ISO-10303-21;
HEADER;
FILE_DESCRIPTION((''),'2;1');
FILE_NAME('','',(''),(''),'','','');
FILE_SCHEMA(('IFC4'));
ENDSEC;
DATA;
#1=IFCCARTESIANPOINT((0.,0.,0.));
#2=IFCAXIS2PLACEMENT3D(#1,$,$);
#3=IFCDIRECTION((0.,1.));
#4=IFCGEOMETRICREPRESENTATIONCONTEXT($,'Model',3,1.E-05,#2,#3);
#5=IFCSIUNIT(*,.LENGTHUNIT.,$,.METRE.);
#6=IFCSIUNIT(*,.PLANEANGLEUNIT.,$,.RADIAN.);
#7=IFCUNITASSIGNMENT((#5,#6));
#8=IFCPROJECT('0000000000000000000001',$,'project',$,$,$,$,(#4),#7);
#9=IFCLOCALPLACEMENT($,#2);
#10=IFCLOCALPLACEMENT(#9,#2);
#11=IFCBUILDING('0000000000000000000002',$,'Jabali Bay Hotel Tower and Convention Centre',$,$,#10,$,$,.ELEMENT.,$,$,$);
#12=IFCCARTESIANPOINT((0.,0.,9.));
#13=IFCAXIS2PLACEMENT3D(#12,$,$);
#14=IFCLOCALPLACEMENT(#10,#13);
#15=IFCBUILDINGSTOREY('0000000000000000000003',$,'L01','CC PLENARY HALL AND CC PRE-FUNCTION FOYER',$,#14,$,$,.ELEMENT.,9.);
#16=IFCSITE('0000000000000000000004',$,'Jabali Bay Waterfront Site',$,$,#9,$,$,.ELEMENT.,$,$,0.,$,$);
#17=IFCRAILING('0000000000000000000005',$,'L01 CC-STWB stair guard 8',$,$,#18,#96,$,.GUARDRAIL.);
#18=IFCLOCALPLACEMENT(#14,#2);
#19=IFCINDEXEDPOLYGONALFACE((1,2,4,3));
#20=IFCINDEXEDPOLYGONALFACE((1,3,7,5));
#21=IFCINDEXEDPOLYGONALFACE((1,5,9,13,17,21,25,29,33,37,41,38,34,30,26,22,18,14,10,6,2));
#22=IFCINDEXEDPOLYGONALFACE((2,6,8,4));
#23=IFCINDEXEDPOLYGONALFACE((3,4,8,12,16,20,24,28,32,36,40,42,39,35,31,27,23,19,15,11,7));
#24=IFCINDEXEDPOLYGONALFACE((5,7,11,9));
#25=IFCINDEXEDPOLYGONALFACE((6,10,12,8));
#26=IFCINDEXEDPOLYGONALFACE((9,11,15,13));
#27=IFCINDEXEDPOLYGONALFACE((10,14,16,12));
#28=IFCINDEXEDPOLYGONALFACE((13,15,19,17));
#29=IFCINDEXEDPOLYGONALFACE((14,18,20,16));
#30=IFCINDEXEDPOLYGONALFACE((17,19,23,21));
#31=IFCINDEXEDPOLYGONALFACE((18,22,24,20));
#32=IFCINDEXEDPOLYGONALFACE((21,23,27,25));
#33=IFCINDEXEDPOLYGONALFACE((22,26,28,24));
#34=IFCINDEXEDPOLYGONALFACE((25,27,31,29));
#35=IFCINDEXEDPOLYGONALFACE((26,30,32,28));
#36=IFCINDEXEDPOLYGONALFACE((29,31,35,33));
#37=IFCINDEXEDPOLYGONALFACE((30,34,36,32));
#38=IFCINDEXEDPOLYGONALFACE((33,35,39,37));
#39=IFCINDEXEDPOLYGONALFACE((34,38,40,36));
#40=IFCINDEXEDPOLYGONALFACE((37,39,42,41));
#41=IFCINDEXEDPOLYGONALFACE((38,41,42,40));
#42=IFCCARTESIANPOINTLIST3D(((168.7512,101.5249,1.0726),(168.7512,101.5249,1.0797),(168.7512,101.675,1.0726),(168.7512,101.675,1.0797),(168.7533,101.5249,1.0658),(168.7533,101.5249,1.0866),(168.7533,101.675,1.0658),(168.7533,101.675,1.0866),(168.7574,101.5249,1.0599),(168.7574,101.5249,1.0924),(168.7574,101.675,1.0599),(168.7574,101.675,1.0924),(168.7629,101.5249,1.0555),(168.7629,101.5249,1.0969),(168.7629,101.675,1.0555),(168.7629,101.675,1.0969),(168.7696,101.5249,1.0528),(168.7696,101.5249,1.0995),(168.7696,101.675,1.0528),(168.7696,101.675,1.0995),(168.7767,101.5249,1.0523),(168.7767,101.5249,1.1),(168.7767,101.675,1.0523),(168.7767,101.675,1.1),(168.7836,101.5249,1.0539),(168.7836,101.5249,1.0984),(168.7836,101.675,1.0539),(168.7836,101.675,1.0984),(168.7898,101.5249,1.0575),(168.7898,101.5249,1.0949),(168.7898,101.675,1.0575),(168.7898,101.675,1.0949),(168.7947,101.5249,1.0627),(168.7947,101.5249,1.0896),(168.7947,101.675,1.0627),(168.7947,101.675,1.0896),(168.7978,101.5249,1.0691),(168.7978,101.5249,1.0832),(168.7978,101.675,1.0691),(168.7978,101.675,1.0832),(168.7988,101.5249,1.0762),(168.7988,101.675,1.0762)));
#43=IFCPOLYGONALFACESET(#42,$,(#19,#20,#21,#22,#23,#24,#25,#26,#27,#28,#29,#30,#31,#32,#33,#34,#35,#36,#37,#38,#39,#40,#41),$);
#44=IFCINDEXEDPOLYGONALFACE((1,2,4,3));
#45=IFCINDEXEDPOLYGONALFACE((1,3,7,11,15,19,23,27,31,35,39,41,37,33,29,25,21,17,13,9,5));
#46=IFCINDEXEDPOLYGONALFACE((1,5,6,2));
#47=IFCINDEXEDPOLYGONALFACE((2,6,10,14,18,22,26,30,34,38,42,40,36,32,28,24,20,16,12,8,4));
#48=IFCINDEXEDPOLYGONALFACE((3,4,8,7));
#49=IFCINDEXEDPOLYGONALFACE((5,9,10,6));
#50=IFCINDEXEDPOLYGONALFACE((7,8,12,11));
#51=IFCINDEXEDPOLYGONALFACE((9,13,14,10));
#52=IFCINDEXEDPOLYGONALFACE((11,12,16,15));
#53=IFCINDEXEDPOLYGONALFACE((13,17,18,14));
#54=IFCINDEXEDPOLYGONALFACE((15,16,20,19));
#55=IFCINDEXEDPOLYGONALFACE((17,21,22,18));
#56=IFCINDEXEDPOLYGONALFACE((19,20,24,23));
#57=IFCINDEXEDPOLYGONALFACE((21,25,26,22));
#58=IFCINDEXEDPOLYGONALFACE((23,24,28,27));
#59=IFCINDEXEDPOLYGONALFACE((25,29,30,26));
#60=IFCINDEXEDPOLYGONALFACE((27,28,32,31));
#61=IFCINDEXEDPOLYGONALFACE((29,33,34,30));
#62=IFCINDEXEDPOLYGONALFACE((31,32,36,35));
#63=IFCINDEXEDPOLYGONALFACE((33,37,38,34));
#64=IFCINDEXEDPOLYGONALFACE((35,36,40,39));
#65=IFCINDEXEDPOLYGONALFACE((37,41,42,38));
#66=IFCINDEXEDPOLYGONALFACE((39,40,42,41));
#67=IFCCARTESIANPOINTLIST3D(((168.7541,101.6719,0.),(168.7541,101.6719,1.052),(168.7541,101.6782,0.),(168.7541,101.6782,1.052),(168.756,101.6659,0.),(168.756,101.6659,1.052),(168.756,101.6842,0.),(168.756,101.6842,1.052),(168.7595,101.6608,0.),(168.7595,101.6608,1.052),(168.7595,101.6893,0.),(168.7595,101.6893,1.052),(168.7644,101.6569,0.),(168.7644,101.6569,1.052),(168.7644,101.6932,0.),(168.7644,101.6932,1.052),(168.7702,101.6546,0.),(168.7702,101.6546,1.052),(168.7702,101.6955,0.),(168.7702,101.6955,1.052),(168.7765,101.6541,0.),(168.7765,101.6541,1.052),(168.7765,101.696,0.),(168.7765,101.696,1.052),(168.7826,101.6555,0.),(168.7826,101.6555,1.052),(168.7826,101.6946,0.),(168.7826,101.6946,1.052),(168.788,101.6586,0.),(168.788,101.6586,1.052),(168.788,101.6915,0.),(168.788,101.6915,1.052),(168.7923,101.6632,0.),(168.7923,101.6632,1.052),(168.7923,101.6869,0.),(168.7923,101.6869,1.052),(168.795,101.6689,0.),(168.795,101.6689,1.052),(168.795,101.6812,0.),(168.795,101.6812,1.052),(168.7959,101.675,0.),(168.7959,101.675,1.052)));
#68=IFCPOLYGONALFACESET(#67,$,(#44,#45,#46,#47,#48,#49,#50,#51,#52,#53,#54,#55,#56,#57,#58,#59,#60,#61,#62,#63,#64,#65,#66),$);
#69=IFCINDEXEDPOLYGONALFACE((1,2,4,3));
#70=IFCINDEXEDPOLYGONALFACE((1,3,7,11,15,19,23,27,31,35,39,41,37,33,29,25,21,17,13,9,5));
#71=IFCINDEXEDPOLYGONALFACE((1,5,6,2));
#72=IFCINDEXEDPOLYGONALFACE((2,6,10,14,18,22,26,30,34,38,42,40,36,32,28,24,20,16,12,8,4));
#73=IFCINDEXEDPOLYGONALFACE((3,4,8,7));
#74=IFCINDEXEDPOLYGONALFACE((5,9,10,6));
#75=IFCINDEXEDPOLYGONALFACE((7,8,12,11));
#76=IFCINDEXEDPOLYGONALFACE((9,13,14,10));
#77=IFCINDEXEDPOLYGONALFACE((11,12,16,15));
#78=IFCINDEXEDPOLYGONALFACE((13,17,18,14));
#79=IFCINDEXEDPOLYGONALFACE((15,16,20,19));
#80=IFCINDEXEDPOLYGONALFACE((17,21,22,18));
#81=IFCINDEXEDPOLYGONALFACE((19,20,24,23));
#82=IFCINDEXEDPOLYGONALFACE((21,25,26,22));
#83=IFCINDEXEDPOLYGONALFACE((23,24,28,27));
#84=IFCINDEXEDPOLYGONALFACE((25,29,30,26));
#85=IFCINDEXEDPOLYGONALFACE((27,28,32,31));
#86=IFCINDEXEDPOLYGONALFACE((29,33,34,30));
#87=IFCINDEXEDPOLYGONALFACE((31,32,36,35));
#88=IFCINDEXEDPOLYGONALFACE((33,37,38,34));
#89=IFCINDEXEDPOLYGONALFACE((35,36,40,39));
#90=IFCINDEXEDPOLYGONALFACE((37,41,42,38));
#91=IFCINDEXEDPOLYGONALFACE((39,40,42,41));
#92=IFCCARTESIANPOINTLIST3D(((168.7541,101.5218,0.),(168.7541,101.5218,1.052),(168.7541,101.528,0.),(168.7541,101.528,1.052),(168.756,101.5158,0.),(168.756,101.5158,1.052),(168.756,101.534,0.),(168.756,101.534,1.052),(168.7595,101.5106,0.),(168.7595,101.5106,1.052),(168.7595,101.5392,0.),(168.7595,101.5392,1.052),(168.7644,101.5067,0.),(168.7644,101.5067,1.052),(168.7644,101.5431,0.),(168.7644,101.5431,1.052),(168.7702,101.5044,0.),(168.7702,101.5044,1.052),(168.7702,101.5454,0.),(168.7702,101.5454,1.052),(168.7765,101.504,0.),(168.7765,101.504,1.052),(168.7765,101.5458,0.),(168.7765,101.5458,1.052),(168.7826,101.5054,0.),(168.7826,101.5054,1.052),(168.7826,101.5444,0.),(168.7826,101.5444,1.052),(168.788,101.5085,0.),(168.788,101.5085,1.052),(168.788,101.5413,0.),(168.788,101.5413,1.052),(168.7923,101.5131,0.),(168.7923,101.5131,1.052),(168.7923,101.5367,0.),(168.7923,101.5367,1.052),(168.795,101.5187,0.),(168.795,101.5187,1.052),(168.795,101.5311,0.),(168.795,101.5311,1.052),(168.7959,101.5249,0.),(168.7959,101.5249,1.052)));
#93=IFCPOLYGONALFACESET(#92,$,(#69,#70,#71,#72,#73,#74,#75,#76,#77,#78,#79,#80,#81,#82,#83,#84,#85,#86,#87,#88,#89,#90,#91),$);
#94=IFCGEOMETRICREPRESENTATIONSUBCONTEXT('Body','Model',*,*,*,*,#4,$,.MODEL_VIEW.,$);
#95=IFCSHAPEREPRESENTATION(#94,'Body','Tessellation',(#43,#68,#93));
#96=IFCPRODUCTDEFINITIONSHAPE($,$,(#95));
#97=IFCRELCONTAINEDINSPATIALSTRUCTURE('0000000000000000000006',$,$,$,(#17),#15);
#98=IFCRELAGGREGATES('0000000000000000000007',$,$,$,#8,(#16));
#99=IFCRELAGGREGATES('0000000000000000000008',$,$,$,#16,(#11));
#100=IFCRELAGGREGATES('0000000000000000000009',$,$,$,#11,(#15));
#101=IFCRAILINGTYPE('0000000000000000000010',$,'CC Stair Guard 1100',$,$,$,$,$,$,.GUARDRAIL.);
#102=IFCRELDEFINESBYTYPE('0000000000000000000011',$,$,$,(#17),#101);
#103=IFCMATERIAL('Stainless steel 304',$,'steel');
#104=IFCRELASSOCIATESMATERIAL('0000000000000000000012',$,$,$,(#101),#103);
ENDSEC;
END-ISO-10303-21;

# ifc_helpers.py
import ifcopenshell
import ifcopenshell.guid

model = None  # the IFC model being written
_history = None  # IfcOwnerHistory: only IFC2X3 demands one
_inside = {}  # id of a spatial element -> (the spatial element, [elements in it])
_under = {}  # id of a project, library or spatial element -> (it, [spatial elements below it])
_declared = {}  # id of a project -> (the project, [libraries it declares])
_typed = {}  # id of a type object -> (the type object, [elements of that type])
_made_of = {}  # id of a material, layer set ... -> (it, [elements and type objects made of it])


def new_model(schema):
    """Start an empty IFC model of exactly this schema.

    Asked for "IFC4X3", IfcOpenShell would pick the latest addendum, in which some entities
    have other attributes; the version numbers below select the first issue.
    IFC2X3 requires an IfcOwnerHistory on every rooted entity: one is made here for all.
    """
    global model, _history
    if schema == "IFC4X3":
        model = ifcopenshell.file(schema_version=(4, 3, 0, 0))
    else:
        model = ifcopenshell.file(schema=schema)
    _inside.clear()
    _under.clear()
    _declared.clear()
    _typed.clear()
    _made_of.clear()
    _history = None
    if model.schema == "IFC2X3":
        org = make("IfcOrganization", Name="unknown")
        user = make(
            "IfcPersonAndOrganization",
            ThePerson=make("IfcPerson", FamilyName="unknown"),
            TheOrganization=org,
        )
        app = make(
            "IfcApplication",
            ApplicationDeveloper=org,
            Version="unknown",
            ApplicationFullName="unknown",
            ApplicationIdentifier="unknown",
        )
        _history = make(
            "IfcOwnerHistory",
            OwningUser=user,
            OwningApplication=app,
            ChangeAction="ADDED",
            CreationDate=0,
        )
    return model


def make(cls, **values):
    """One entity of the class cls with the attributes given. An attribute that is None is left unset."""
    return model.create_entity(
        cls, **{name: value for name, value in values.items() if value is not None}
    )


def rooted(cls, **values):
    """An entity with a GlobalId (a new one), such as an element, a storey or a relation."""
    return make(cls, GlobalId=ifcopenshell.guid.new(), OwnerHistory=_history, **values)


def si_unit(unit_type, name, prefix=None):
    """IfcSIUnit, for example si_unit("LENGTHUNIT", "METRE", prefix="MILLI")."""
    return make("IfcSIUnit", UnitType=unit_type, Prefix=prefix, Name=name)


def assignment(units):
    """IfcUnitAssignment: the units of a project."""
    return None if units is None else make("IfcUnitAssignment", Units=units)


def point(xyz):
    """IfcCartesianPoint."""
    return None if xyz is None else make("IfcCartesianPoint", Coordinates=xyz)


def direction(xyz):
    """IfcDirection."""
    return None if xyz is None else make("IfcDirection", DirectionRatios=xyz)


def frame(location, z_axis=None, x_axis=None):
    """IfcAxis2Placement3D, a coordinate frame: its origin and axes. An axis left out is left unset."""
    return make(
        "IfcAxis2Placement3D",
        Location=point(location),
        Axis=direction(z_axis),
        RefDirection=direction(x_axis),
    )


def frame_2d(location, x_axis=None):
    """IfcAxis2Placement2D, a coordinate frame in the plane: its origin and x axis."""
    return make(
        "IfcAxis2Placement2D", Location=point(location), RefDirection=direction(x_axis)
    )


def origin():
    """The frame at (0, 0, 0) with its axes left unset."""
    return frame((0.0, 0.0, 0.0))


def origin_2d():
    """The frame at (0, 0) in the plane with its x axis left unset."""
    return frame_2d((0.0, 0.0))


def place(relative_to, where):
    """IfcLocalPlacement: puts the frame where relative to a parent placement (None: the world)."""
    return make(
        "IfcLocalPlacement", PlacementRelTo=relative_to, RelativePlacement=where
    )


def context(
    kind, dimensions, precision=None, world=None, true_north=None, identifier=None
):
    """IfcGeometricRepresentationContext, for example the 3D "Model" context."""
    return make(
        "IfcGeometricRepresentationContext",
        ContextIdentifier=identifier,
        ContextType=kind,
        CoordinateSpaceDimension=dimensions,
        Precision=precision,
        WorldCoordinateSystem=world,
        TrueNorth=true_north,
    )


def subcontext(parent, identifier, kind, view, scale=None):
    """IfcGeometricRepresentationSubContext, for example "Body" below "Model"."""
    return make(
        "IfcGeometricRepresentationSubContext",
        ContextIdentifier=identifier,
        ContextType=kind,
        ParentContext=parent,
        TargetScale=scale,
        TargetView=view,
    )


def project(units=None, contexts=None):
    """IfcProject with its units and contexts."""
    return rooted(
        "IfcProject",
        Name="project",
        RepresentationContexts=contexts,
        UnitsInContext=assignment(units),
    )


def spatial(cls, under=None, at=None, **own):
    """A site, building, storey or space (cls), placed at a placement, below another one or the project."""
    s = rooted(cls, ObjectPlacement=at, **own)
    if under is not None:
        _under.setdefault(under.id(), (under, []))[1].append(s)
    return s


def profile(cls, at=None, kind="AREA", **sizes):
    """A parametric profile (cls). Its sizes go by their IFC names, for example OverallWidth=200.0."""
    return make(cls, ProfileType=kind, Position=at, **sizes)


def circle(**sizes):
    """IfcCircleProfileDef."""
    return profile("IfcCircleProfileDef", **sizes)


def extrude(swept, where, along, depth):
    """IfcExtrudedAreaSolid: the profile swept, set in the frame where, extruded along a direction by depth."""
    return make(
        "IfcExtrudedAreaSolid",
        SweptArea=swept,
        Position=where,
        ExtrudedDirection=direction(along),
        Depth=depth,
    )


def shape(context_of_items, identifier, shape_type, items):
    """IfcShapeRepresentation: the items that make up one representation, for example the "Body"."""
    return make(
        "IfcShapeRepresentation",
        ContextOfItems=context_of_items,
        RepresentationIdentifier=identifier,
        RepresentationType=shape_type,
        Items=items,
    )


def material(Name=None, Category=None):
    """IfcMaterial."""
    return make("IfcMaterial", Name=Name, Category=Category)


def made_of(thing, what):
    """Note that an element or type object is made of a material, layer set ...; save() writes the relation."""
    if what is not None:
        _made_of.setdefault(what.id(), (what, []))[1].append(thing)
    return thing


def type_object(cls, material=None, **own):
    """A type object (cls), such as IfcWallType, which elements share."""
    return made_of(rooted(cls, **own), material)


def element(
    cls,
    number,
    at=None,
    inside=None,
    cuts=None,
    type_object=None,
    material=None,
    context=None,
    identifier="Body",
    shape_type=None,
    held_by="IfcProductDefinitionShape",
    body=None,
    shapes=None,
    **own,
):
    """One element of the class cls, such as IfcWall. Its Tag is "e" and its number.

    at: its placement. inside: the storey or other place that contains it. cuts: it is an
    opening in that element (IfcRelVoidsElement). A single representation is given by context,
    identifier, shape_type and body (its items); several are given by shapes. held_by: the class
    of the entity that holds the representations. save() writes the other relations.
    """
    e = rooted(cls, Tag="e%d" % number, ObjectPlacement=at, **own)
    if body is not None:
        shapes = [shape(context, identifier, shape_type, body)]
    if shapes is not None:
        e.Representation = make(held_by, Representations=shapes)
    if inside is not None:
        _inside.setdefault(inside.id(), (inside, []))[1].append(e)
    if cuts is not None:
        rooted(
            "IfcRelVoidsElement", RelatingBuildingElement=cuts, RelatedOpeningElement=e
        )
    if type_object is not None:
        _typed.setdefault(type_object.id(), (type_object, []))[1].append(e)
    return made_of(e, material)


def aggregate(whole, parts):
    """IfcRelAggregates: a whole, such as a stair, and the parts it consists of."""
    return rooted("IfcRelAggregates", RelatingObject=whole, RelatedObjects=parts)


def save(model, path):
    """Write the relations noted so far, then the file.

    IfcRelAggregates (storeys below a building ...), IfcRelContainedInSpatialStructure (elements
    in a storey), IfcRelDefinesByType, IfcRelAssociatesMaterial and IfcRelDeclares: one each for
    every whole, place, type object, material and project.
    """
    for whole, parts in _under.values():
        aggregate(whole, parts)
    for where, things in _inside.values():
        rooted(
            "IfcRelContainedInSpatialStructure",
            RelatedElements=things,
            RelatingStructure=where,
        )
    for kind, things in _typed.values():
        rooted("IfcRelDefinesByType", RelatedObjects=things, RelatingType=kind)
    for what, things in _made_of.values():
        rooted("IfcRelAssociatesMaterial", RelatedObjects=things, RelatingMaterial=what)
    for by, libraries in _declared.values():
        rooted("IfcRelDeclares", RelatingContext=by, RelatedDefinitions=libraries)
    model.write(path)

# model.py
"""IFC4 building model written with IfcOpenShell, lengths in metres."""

from ifc_helpers import new_model, si_unit, direction, frame, origin, origin_2d, place, context, subcontext, project, spatial, circle, extrude, material, type_object, element, save


model = new_model("IFC4")

# Units and contexts
model_context = context("Model", 3, precision=1e-05, world=origin(), true_north=direction((0.0, 1.0)))
body_context = subcontext(model_context, "Body", "Model", "MODEL_VIEW")
ifc_project = project(units=[si_unit("LENGTHUNIT", "METRE"), si_unit("PLANEANGLEUNIT", "RADIAN")], contexts=[model_context])

# Site, building, storey
site_placement = place(None, origin())
site = spatial("IfcSite", under=ifc_project, at=site_placement, Name="Jabali Bay Waterfront Site", CompositionType="ELEMENT", RefElevation=0.0)
building_placement = place(site_placement, origin())
building = spatial("IfcBuilding", under=site, at=building_placement, Name="Jabali Bay Hotel Tower and Convention Centre", CompositionType="ELEMENT")
storey_placement = place(building_placement, frame((0.0, 0.0, 9.0)))
storey = spatial("IfcBuildingStorey", under=building, at=storey_placement, Name="L01", Description="CC PLENARY HALL AND CC PRE-FUNCTION FOYER", CompositionType="ELEMENT", Elevation=9.0)

# Railing
ifc_material_1 = material(Name="Stainless steel 304", Category="steel")
railing_type_1 = type_object("IfcRailingType", Name="CC Stair Guard 1100", PredefinedType="GUARDRAIL", material=ifc_material_1)
railing_1_placement = place(storey_placement, frame((168.7749, 101.675, 0.0)))
element("IfcRailing", 1, at=railing_1_placement, inside=storey, type_object=railing_type_1, Name="L01 CC-STWB stair guard 8", PredefinedType="GUARDRAIL", context=body_context, shape_type="SweptSolid", body=[
    extrude(circle(Radius=0.0239, at=origin_2d()), frame((0.0, 0.0, 1.0762), z_axis=(0.0, -1.0, 0.0), x_axis=(1.0, 0.0, 0.0)), (0.0, 0.0, 1.0), 0.1501),
    extrude(circle(Radius=0.021, at=origin_2d()), origin(), (0.0, 0.0, 1.0), 1.052),
    extrude(circle(Radius=0.021, at=origin_2d()), frame((0.0, -0.1501, 0.0)), (0.0, 0.0, 1.0), 1.052),
])

save(model, "model.ifc")
